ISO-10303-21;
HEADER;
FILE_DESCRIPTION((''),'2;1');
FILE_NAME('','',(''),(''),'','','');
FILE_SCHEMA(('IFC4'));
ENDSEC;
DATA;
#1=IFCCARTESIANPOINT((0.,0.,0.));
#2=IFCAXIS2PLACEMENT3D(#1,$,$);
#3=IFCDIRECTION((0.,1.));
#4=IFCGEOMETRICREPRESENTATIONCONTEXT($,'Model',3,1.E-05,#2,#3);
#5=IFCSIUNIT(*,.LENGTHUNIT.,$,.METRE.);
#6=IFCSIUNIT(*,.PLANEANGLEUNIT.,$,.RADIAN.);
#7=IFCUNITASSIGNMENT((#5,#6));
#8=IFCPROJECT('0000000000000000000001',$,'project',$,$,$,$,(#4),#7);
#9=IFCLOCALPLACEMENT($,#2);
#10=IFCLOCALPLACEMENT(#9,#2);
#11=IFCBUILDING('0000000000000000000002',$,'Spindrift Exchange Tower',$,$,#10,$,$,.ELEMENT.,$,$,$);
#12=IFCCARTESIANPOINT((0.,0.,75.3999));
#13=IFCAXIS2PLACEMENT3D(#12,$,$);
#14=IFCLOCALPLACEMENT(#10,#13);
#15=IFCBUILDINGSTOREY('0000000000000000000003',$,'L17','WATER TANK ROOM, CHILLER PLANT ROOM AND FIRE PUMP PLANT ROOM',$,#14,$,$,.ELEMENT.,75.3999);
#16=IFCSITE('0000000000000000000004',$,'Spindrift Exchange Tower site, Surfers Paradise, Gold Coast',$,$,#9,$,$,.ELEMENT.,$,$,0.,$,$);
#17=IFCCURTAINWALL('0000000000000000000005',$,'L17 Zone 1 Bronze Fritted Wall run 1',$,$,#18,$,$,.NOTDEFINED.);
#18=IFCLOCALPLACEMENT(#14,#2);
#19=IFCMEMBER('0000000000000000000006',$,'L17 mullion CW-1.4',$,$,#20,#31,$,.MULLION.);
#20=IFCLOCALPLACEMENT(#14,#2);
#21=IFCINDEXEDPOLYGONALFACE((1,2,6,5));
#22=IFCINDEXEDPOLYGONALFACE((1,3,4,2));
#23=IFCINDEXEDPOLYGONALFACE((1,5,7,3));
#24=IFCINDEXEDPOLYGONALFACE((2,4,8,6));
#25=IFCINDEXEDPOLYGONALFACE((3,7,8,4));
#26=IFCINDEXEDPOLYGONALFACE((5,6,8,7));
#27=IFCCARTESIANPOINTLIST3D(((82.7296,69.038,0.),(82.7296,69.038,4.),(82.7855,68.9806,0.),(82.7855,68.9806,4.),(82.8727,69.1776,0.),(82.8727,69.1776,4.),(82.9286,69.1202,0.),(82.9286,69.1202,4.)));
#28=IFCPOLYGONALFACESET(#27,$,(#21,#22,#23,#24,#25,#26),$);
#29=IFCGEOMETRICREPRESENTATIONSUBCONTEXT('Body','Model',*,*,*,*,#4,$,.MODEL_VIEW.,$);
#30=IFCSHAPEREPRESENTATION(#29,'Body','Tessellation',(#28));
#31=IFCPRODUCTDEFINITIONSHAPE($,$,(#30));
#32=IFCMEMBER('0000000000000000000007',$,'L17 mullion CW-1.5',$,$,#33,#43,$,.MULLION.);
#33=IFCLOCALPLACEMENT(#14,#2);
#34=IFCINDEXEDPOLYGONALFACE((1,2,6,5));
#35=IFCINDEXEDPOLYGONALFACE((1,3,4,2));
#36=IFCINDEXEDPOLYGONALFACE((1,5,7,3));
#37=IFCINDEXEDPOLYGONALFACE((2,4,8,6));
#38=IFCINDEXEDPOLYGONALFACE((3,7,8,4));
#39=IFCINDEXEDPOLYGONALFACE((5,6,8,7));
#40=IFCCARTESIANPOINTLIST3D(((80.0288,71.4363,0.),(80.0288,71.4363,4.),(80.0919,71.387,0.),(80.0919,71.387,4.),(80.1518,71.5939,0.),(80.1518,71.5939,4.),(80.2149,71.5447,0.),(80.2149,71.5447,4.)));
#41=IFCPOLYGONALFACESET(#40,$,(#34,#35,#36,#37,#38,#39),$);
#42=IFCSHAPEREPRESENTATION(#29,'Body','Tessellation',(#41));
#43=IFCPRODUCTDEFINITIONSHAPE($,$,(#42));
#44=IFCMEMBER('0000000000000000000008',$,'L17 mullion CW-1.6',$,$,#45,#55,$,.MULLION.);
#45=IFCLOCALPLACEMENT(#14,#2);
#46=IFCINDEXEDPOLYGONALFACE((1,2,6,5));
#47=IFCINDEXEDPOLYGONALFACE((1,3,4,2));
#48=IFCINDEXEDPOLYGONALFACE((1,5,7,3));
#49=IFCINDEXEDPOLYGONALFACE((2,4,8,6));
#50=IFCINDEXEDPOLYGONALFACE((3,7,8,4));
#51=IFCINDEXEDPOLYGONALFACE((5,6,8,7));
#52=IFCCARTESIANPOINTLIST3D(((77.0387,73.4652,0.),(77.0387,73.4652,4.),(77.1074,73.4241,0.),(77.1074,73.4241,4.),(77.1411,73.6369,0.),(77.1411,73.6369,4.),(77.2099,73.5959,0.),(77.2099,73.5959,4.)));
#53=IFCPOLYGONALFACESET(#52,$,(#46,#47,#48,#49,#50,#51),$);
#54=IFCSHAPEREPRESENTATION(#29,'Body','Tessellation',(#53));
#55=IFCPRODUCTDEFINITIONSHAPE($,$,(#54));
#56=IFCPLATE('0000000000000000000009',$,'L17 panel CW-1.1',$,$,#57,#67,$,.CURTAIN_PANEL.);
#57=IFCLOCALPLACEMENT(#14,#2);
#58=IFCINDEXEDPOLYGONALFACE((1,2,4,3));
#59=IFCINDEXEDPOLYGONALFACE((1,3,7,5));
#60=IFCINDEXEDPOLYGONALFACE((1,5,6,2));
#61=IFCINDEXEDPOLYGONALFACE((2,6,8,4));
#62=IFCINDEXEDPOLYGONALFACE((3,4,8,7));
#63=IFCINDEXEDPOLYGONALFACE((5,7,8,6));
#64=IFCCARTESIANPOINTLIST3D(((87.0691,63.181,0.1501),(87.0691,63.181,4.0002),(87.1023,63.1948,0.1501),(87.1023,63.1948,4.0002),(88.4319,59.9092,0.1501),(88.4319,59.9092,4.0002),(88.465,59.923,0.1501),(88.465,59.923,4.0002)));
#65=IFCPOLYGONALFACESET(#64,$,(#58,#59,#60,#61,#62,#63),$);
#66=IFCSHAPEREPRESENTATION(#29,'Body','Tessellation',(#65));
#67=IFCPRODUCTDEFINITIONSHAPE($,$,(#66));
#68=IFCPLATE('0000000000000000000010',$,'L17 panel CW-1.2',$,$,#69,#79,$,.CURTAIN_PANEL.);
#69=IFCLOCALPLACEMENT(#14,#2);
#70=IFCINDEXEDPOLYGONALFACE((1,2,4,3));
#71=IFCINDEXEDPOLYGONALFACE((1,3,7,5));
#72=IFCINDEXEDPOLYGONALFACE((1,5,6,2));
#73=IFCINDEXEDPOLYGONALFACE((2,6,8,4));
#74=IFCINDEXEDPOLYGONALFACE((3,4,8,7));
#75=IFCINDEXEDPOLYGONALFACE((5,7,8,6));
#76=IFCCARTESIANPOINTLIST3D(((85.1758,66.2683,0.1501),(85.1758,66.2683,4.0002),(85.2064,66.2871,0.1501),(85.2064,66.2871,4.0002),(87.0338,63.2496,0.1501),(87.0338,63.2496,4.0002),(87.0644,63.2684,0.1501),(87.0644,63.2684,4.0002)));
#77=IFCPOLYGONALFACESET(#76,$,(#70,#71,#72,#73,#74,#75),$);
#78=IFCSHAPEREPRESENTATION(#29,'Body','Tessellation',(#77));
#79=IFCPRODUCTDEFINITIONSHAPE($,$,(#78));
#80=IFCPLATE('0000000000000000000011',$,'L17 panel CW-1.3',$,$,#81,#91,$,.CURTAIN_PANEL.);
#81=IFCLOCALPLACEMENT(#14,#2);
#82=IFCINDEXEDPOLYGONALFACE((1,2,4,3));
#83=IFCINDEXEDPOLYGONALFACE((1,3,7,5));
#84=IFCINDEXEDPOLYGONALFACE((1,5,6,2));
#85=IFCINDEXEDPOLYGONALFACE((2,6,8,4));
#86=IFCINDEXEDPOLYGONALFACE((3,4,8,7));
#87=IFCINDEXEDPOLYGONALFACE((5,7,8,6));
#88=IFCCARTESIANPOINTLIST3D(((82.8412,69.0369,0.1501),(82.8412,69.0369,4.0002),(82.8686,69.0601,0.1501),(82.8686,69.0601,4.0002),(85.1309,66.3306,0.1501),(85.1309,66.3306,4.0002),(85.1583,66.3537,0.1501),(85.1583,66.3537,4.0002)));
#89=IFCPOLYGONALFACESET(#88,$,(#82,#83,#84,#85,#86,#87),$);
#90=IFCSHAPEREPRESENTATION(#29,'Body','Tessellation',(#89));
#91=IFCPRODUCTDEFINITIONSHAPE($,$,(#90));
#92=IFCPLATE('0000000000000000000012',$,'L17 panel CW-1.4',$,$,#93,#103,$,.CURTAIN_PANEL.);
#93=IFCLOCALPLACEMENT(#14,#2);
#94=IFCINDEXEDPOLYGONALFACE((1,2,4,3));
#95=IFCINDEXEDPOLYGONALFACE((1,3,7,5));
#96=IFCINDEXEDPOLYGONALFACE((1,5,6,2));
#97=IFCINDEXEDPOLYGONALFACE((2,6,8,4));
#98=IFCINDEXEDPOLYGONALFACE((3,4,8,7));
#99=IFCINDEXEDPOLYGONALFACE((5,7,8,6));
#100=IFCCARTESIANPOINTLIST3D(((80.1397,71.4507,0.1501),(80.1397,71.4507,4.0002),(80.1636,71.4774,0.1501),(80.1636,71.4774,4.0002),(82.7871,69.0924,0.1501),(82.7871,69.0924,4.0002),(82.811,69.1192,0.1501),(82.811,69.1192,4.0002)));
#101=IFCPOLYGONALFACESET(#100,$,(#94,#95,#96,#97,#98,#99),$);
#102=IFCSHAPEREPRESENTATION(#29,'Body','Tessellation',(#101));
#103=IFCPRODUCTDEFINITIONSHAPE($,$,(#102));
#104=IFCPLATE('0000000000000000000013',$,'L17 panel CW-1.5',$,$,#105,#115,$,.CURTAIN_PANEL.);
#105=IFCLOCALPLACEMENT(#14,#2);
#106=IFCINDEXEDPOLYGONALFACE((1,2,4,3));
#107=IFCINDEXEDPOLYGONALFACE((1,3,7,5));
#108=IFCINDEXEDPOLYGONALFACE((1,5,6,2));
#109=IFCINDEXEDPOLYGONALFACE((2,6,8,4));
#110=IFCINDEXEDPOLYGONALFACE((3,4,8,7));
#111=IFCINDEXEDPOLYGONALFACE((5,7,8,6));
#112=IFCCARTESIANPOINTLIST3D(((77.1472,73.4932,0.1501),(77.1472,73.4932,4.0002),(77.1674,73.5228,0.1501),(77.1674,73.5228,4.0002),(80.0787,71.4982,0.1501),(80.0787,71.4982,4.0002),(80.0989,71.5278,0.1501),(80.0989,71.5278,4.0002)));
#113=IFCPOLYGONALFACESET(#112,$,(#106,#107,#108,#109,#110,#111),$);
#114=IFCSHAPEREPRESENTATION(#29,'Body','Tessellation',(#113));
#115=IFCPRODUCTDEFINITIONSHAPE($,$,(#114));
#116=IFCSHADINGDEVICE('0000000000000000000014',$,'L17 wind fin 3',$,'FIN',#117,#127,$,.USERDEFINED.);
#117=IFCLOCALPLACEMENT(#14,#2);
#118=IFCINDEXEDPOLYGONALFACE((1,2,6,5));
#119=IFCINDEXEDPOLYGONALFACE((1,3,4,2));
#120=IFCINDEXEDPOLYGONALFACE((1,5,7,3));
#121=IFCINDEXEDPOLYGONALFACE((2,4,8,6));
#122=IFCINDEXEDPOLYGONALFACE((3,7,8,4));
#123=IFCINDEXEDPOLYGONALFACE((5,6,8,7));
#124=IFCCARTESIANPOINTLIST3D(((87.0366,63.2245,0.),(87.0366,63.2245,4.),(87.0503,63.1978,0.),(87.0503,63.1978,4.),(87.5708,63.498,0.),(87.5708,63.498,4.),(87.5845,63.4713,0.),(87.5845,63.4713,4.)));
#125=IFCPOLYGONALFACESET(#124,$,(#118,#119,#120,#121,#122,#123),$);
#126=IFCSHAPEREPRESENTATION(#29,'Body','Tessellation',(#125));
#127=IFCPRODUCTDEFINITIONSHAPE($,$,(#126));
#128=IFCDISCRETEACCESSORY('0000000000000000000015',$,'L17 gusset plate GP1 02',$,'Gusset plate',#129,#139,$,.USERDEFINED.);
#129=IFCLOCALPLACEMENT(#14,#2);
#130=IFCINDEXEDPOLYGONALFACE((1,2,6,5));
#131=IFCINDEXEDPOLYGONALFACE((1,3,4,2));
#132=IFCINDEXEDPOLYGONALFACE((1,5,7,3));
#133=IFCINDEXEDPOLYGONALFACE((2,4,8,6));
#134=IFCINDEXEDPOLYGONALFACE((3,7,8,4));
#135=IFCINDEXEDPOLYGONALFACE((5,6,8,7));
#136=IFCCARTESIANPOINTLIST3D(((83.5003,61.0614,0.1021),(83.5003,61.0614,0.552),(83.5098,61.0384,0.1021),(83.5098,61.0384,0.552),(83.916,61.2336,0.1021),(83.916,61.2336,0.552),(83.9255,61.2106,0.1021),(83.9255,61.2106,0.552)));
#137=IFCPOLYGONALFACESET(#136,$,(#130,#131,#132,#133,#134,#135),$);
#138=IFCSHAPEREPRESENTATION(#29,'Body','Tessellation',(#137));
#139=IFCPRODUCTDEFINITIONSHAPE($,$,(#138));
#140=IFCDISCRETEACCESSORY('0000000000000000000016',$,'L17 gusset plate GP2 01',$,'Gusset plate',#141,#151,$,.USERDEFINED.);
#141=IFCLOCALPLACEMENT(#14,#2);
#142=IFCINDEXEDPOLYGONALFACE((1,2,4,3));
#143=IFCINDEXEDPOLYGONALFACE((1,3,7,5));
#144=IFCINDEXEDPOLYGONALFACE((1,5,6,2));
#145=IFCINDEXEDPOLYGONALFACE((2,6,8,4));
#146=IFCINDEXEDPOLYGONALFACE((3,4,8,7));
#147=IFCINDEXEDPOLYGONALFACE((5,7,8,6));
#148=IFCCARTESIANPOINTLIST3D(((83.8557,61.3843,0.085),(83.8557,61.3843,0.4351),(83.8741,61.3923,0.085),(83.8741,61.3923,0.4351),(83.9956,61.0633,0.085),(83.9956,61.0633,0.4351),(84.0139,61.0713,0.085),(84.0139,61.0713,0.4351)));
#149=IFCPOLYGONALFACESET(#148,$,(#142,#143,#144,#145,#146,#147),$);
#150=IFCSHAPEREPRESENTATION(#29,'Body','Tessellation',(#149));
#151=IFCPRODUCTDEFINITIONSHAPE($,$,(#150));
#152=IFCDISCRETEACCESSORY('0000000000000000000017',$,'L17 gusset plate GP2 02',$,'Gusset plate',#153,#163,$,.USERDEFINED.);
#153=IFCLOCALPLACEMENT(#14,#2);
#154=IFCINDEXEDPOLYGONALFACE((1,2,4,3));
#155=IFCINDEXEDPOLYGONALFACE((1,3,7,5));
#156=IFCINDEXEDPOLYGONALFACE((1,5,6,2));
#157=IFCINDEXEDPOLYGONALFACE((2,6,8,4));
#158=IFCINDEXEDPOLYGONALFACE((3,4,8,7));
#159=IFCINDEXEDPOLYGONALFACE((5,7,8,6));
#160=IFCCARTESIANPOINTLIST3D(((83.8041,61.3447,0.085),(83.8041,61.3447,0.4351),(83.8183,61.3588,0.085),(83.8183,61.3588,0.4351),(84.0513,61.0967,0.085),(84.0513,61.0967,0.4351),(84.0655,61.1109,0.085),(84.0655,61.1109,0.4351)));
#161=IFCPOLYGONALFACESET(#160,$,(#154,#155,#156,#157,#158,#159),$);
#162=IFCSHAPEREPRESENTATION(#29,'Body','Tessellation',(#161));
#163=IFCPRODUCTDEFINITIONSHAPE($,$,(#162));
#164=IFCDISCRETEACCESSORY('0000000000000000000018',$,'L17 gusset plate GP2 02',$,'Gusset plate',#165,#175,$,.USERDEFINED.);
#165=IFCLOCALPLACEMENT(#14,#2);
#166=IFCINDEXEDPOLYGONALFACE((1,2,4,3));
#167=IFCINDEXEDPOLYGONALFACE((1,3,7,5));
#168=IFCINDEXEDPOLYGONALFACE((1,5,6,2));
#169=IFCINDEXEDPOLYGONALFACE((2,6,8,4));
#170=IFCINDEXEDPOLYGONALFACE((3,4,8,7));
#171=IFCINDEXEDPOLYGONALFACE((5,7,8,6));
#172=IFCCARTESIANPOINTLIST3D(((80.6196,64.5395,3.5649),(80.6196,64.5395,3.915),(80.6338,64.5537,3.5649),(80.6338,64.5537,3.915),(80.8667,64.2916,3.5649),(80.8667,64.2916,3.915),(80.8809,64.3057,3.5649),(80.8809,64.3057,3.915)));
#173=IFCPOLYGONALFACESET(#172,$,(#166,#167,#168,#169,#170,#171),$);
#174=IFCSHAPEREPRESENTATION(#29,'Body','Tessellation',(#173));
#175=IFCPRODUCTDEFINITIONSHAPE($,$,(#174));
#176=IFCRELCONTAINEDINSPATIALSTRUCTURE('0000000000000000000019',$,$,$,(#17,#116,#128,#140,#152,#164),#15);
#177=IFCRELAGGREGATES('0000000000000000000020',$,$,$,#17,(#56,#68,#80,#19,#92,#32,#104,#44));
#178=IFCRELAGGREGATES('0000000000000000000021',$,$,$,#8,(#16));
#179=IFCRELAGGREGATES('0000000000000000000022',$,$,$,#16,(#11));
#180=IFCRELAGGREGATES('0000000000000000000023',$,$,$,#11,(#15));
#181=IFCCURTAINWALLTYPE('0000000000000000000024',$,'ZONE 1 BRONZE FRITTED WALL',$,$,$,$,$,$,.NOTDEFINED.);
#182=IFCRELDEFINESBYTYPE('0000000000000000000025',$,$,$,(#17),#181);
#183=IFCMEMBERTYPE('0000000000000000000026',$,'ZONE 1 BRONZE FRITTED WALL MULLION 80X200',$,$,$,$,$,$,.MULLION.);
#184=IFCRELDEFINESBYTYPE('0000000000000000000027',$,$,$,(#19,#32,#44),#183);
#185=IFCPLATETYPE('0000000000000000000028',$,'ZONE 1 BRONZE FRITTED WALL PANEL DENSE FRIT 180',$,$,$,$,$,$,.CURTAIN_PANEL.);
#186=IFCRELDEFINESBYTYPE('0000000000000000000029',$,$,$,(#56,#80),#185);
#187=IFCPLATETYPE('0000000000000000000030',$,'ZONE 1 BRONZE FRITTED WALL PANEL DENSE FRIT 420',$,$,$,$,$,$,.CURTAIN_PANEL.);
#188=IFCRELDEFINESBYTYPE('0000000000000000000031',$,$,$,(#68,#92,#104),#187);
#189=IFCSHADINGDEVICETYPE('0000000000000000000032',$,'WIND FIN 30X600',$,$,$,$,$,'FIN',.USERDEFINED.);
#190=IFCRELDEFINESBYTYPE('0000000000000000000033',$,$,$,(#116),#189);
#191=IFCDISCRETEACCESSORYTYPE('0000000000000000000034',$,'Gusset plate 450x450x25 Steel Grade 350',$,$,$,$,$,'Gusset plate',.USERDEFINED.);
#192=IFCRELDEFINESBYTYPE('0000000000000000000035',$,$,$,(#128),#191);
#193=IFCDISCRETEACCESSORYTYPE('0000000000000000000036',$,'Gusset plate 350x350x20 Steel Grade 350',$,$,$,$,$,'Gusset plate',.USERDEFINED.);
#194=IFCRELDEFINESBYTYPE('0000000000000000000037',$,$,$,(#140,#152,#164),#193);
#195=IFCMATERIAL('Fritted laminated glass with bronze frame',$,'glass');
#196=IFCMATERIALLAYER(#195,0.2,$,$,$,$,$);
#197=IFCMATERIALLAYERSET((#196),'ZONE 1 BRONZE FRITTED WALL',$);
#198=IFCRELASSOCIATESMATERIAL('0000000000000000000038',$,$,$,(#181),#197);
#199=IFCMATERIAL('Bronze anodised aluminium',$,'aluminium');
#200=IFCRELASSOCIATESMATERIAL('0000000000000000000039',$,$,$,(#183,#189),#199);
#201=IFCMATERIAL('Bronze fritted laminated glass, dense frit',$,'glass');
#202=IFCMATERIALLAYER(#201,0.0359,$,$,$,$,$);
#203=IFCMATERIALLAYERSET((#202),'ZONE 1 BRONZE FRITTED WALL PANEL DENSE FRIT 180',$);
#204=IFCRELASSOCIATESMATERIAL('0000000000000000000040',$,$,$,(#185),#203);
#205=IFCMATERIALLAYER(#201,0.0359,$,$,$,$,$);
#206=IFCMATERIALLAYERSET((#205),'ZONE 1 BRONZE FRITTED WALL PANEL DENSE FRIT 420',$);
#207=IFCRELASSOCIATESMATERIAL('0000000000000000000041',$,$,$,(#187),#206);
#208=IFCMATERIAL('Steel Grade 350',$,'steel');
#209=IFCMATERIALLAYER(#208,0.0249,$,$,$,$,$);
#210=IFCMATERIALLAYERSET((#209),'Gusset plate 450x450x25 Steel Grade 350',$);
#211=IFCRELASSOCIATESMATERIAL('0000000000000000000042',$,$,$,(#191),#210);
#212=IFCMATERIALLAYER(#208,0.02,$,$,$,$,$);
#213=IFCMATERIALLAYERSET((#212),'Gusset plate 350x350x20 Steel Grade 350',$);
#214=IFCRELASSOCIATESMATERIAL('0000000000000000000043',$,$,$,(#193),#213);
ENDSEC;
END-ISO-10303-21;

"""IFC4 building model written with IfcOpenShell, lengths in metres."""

from ifc_helpers import new_model, si_unit, direction, frame, origin, origin_2d, place, context, subcontext, project, spatial, rectangle, extrude, source, transform, mapped, material, layer, layer_set, material_profile, profile_set, type_object, element, aggregate, save


model = new_model("IFC4")

# Units and contexts
model_context = context("Model", 3, precision=1e-05, world=origin(), true_north=direction((0.0, 1.0)))
body_context = subcontext(model_context, "Body", "Model", "MODEL_VIEW")
ifc_project = project(units=[si_unit("LENGTHUNIT", "METRE"), si_unit("PLANEANGLEUNIT", "RADIAN")], contexts=[model_context])

# Site, building, storey
site_placement = place(None, origin())
site = spatial("IfcSite", under=ifc_project, at=site_placement, Name="Spindrift Exchange Tower site, Surfers Paradise, Gold Coast", CompositionType="ELEMENT", RefElevation=0.0)
building_placement = place(site_placement, origin())
building = spatial("IfcBuilding", under=site, at=building_placement, Name="Spindrift Exchange Tower", CompositionType="ELEMENT")
storey_placement = place(building_placement, frame((0.0, 0.0, 75.3999)))
storey = spatial("IfcBuildingStorey", under=building, at=storey_placement, Name="L17", Description="WATER TANK ROOM, CHILLER PLANT ROOM AND FIRE PUMP PLANT ROOM", CompositionType="ELEMENT", Elevation=75.3999)

# Shared definitions
ifc_material_1 = material(Name="Steel Grade 350", Category="steel")

# Curtain wall, members, plates
ifc_material_2 = material(Name="Fritted laminated glass with bronze frame", Category="glass")
ifc_layer_1 = layer(ifc_material_2, 0.2)
ifc_layer_set_1 = layer_set([ifc_layer_1], Name="ZONE 1 BRONZE FRITTED WALL")
curtain_wall_type = type_object("IfcCurtainWallType", Name="ZONE 1 BRONZE FRITTED WALL", PredefinedType="NOTDEFINED", material=ifc_layer_set_1)
curtain_wall_placement = place(storey_placement, origin())
curtain_wall = element("IfcCurtainWall", 1, at=curtain_wall_placement, inside=storey, type_object=curtain_wall_type, Name="L17 Zone 1 Bronze Fritted Wall run 1", PredefinedType="NOTDEFINED")
ifc_material_3 = material(Name="Bronze anodised aluminium", Category="aluminium")
ifc_material_profile_1 = material_profile(ifc_material_3, rectangle(XDim=0.0801, YDim=0.2, at=origin_2d()), Name="ZONE 1 BRONZE FRITTED WALL MULLION 80X200")
ifc_profile_set_1 = profile_set([ifc_material_profile_1], Name="Bronze anodised aluminium")
member_type_1 = type_object("IfcMemberType", Name="ZONE 1 BRONZE FRITTED WALL MULLION 80X200", PredefinedType="MULLION", material=ifc_profile_set_1)
shared_shape_1 = source(origin(), body_context, "Body", "SweptSolid", [
    extrude(rectangle(XDim=0.0801, YDim=0.2, at=origin_2d()), origin(), (0.0, 0.0, 1.0), 4.0),
])
member_1_placement = place(storey_placement, frame((82.8291, 69.0791, 0.0), z_axis=(0.0, 0.0, 1.0), x_axis=(-0.698024, 0.716074, 0.0)))
member_1 = element("IfcMember", 2, at=member_1_placement, type_object=member_type_1, Name="L17 mullion CW-1.4", PredefinedType="MULLION", context=body_context, shape_type="MappedRepresentation", body=[
    mapped(shared_shape_1, transform((0.0, 0.0, 0.0), scale=1.0)),
])
member_2_placement = place(storey_placement, frame((80.1218, 71.4905, 0.0), z_axis=(0.0, 0.0, 1.0), x_axis=(-0.788377, 0.615193, 0.0)))
member_2 = element("IfcMember", 3, at=member_2_placement, type_object=member_type_1, Name="L17 mullion CW-1.5", PredefinedType="MULLION", context=body_context, shape_type="MappedRepresentation", body=[
    mapped(shared_shape_1, transform((0.0, 0.0, 0.0), scale=1.0)),
])
member_3_placement = place(storey_placement, frame((77.1243, 73.5305, 0.0), z_axis=(0.0, 0.0, 1.0), x_axis=(-0.858793, 0.512323, 0.0)))
member_3 = element("IfcMember", 4, at=member_3_placement, type_object=member_type_1, Name="L17 mullion CW-1.6", PredefinedType="MULLION", context=body_context, shape_type="MappedRepresentation", body=[
    mapped(shared_shape_1, transform((0.0, 0.0, 0.0), scale=1.0)),
])
ifc_material_4 = material(Name="Bronze fritted laminated glass, dense frit", Category="glass")
ifc_layer_2 = layer(ifc_material_4, 0.0359)
ifc_layer_set_2 = layer_set([ifc_layer_2], Name="ZONE 1 BRONZE FRITTED WALL PANEL DENSE FRIT 180")
plate_type_1 = type_object("IfcPlateType", Name="ZONE 1 BRONZE FRITTED WALL PANEL DENSE FRIT 180", PredefinedType="CURTAIN_PANEL", material=ifc_layer_set_2)
shared_shape_2 = source(origin(), body_context, "Body", "SweptSolid", [
    extrude(rectangle(XDim=3.5442, YDim=0.0359, at=origin_2d()), origin(), (0.0, 0.0, 1.0), 3.8501),
])
plate_1_placement = place(storey_placement, frame((87.7671, 61.552, 0.1501), z_axis=(0.0, 0.0, 1.0), x_axis=(-0.384511, 0.92312, 0.0)))
plate_1 = element("IfcPlate", 5, at=plate_1_placement, type_object=plate_type_1, Name="L17 panel CW-1.1", PredefinedType="CURTAIN_PANEL", context=body_context, shape_type="MappedRepresentation", body=[
    mapped(shared_shape_2, transform((0.0, 0.0, 0.0), scale=1.0)),
])
ifc_layer_3 = layer(ifc_material_4, 0.0359)
ifc_layer_set_3 = layer_set([ifc_layer_3], Name="ZONE 1 BRONZE FRITTED WALL PANEL DENSE FRIT 420")
plate_type_2 = type_object("IfcPlateType", Name="ZONE 1 BRONZE FRITTED WALL PANEL DENSE FRIT 420", PredefinedType="CURTAIN_PANEL", material=ifc_layer_set_3)
shared_shape_3 = source(origin(), body_context, "Body", "SweptSolid", [
    extrude(rectangle(XDim=3.5447, YDim=0.0359, at=origin_2d()), origin(), (0.0, 0.0, 1.0), 3.8501),
])
plate_2_placement = place(storey_placement, frame((86.1201, 64.7683, 0.1501), z_axis=(0.0, 0.0, 1.0), x_axis=(-0.524164, 0.851617, 0.0)))
plate_2 = element("IfcPlate", 6, at=plate_2_placement, type_object=plate_type_2, Name="L17 panel CW-1.2", PredefinedType="CURTAIN_PANEL", context=body_context, shape_type="MappedRepresentation", body=[
    mapped(shared_shape_3, transform((0.0, 0.0, 0.0), scale=1.0)),
])
shared_shape_4 = source(origin(), body_context, "Body", "SweptSolid", [
    extrude(rectangle(XDim=3.5449, YDim=0.0359, at=origin_2d()), origin(), (0.0, 0.0, 1.0), 3.8501),
])
plate_3_placement = place(storey_placement, frame((83.9998, 67.6953, 0.1501), z_axis=(0.0, 0.0, 1.0), x_axis=(-0.645887, 0.763433, 0.0)))
plate_3 = element("IfcPlate", 7, at=plate_3_placement, type_object=plate_type_1, Name="L17 panel CW-1.3", PredefinedType="CURTAIN_PANEL", context=body_context, shape_type="MappedRepresentation", body=[
    mapped(shared_shape_4, transform((0.0, 0.0, 0.0), scale=1.0)),
])
shared_shape_5 = source(origin(), body_context, "Body", "SweptSolid", [
    extrude(rectangle(XDim=3.5454, YDim=0.0359, at=origin_2d()), origin(), (0.0, 0.0, 1.0), 3.8501),
])
plate_4_placement = place(storey_placement, frame((81.4753, 70.2849, 0.1501), z_axis=(0.0, 0.0, 1.0), x_axis=(-0.746699, 0.665163, 0.0)))
plate_4 = element("IfcPlate", 8, at=plate_4_placement, type_object=plate_type_2, Name="L17 panel CW-1.4", PredefinedType="CURTAIN_PANEL", context=body_context, shape_type="MappedRepresentation", body=[
    mapped(shared_shape_5, transform((0.0, 0.0, 0.0), scale=1.0)),
])
shared_shape_6 = source(origin(), body_context, "Body", "SweptSolid", [
    extrude(rectangle(XDim=3.5459, YDim=0.0359, at=origin_2d()), origin(), (0.0, 0.0, 1.0), 3.8501),
])
plate_5_placement = place(storey_placement, frame((78.623, 72.5105, 0.1501), z_axis=(0.0, 0.0, 1.0), x_axis=(-0.826717, 0.562617, 0.0)))
plate_5 = element("IfcPlate", 9, at=plate_5_placement, type_object=plate_type_2, Name="L17 panel CW-1.5", PredefinedType="CURTAIN_PANEL", context=body_context, shape_type="MappedRepresentation", body=[
    mapped(shared_shape_6, transform((0.0, 0.0, 0.0), scale=1.0)),
])
aggregate(curtain_wall, [plate_1, plate_2, plate_3, member_1, plate_4, member_2, plate_5, member_3])

# Shading device
ifc_material_profile_2 = material_profile(ifc_material_3, rectangle(XDim=0.03, YDim=0.6001, at=origin_2d()), Name="WIND FIN 30X600")
ifc_profile_set_2 = profile_set([ifc_material_profile_2], Name="Bronze anodised aluminium")
shading_device_type = type_object("IfcShadingDeviceType", Name="WIND FIN 30X600", ElementType="FIN", PredefinedType="USERDEFINED", material=ifc_profile_set_2)
shared_shape_7 = source(origin(), body_context, "Body", "SweptSolid", [
    extrude(rectangle(XDim=0.03, YDim=0.6001, at=origin_2d()), origin(), (0.0, 0.0, 1.0), 4.0),
])
shading_device_placement = place(storey_placement, frame((87.3105, 63.3479, 0.0), z_axis=(0.0, 0.0, 1.0), x_axis=(-0.455742, 0.890112, 0.0)))
element("IfcShadingDevice", 10, at=shading_device_placement, inside=storey, type_object=shading_device_type, Name="L17 wind fin 3", ObjectType="FIN", PredefinedType="USERDEFINED", context=body_context, shape_type="MappedRepresentation", body=[
    mapped(shared_shape_7, transform((0.0, 0.0, 0.0), scale=1.0)),
])

# Discrete accessories
ifc_layer_4 = layer(ifc_material_1, 0.0249)
ifc_layer_set_4 = layer_set([ifc_layer_4], Name="Gusset plate 450x450x25 Steel Grade 350")
discrete_accessory_type_1 = type_object("IfcDiscreteAccessoryType", Name="Gusset plate 450x450x25 Steel Grade 350", ElementType="Gusset plate", PredefinedType="USERDEFINED", material=ifc_layer_set_4)
shared_shape_8 = source(origin(), body_context, "Body", "SweptSolid", [
    extrude(rectangle(XDim=0.45, YDim=0.0249, at=origin_2d()), origin(), (0.0, 0.0, 1.0), 0.45),
])
discrete_accessory_placement = place(storey_placement, frame((83.7129, 61.136, 0.1021), z_axis=(0.0, 0.0, 1.0), x_axis=(0.92387, 0.382708, 0.0)))
element("IfcDiscreteAccessory", 11, at=discrete_accessory_placement, inside=storey, type_object=discrete_accessory_type_1, Name="L17 gusset plate GP1 02", ObjectType="Gusset plate", PredefinedType="USERDEFINED", context=body_context, shape_type="MappedRepresentation", body=[
    mapped(shared_shape_8, transform((0.0, 0.0, 0.0), scale=1.0)),
])
ifc_layer_5 = layer(ifc_material_1, 0.02)
ifc_layer_set_5 = layer_set([ifc_layer_5], Name="Gusset plate 350x350x20 Steel Grade 350")
discrete_accessory_type_2 = type_object("IfcDiscreteAccessoryType", Name="Gusset plate 350x350x20 Steel Grade 350", ElementType="Gusset plate", PredefinedType="USERDEFINED", material=ifc_layer_set_5)
shared_shape_9 = source(origin(), body_context, "Body", "SweptSolid", [
    extrude(rectangle(XDim=0.3501, YDim=0.02, at=origin_2d()), origin(), (0.0, 0.0, 1.0), 0.3501),
])
for number, where, z_axis, x_axis, name in (
    (12, (83.9348, 61.2278, 0.085), (0.0, 0.0, 1.0), (-0.399445, 0.916757, 0.0), "L17 gusset plate GP2 01"),
    (13, (83.9348, 61.2278, 0.085), (0.0, 0.0, 1.0), (-0.705964, 0.708247, 0.0), "L17 gusset plate GP2 02"),
    (14, (80.7502, 64.4226, 3.5649), (0.0, 0.0, 1.0), (-0.705964, 0.708247, 0.0), "L17 gusset plate GP2 02"),
):
    element("IfcDiscreteAccessory", number, at=place(storey_placement, frame(where, z_axis=z_axis, x_axis=x_axis)), inside=storey, type_object=discrete_accessory_type_2, Name=name, ObjectType="Gusset plate", PredefinedType="USERDEFINED", context=body_context, shape_type="MappedRepresentation", body=[
        mapped(shared_shape_9, transform((0.0, 0.0, 0.0), scale=1.0)),
    ])

save(model, "model.ifc")
